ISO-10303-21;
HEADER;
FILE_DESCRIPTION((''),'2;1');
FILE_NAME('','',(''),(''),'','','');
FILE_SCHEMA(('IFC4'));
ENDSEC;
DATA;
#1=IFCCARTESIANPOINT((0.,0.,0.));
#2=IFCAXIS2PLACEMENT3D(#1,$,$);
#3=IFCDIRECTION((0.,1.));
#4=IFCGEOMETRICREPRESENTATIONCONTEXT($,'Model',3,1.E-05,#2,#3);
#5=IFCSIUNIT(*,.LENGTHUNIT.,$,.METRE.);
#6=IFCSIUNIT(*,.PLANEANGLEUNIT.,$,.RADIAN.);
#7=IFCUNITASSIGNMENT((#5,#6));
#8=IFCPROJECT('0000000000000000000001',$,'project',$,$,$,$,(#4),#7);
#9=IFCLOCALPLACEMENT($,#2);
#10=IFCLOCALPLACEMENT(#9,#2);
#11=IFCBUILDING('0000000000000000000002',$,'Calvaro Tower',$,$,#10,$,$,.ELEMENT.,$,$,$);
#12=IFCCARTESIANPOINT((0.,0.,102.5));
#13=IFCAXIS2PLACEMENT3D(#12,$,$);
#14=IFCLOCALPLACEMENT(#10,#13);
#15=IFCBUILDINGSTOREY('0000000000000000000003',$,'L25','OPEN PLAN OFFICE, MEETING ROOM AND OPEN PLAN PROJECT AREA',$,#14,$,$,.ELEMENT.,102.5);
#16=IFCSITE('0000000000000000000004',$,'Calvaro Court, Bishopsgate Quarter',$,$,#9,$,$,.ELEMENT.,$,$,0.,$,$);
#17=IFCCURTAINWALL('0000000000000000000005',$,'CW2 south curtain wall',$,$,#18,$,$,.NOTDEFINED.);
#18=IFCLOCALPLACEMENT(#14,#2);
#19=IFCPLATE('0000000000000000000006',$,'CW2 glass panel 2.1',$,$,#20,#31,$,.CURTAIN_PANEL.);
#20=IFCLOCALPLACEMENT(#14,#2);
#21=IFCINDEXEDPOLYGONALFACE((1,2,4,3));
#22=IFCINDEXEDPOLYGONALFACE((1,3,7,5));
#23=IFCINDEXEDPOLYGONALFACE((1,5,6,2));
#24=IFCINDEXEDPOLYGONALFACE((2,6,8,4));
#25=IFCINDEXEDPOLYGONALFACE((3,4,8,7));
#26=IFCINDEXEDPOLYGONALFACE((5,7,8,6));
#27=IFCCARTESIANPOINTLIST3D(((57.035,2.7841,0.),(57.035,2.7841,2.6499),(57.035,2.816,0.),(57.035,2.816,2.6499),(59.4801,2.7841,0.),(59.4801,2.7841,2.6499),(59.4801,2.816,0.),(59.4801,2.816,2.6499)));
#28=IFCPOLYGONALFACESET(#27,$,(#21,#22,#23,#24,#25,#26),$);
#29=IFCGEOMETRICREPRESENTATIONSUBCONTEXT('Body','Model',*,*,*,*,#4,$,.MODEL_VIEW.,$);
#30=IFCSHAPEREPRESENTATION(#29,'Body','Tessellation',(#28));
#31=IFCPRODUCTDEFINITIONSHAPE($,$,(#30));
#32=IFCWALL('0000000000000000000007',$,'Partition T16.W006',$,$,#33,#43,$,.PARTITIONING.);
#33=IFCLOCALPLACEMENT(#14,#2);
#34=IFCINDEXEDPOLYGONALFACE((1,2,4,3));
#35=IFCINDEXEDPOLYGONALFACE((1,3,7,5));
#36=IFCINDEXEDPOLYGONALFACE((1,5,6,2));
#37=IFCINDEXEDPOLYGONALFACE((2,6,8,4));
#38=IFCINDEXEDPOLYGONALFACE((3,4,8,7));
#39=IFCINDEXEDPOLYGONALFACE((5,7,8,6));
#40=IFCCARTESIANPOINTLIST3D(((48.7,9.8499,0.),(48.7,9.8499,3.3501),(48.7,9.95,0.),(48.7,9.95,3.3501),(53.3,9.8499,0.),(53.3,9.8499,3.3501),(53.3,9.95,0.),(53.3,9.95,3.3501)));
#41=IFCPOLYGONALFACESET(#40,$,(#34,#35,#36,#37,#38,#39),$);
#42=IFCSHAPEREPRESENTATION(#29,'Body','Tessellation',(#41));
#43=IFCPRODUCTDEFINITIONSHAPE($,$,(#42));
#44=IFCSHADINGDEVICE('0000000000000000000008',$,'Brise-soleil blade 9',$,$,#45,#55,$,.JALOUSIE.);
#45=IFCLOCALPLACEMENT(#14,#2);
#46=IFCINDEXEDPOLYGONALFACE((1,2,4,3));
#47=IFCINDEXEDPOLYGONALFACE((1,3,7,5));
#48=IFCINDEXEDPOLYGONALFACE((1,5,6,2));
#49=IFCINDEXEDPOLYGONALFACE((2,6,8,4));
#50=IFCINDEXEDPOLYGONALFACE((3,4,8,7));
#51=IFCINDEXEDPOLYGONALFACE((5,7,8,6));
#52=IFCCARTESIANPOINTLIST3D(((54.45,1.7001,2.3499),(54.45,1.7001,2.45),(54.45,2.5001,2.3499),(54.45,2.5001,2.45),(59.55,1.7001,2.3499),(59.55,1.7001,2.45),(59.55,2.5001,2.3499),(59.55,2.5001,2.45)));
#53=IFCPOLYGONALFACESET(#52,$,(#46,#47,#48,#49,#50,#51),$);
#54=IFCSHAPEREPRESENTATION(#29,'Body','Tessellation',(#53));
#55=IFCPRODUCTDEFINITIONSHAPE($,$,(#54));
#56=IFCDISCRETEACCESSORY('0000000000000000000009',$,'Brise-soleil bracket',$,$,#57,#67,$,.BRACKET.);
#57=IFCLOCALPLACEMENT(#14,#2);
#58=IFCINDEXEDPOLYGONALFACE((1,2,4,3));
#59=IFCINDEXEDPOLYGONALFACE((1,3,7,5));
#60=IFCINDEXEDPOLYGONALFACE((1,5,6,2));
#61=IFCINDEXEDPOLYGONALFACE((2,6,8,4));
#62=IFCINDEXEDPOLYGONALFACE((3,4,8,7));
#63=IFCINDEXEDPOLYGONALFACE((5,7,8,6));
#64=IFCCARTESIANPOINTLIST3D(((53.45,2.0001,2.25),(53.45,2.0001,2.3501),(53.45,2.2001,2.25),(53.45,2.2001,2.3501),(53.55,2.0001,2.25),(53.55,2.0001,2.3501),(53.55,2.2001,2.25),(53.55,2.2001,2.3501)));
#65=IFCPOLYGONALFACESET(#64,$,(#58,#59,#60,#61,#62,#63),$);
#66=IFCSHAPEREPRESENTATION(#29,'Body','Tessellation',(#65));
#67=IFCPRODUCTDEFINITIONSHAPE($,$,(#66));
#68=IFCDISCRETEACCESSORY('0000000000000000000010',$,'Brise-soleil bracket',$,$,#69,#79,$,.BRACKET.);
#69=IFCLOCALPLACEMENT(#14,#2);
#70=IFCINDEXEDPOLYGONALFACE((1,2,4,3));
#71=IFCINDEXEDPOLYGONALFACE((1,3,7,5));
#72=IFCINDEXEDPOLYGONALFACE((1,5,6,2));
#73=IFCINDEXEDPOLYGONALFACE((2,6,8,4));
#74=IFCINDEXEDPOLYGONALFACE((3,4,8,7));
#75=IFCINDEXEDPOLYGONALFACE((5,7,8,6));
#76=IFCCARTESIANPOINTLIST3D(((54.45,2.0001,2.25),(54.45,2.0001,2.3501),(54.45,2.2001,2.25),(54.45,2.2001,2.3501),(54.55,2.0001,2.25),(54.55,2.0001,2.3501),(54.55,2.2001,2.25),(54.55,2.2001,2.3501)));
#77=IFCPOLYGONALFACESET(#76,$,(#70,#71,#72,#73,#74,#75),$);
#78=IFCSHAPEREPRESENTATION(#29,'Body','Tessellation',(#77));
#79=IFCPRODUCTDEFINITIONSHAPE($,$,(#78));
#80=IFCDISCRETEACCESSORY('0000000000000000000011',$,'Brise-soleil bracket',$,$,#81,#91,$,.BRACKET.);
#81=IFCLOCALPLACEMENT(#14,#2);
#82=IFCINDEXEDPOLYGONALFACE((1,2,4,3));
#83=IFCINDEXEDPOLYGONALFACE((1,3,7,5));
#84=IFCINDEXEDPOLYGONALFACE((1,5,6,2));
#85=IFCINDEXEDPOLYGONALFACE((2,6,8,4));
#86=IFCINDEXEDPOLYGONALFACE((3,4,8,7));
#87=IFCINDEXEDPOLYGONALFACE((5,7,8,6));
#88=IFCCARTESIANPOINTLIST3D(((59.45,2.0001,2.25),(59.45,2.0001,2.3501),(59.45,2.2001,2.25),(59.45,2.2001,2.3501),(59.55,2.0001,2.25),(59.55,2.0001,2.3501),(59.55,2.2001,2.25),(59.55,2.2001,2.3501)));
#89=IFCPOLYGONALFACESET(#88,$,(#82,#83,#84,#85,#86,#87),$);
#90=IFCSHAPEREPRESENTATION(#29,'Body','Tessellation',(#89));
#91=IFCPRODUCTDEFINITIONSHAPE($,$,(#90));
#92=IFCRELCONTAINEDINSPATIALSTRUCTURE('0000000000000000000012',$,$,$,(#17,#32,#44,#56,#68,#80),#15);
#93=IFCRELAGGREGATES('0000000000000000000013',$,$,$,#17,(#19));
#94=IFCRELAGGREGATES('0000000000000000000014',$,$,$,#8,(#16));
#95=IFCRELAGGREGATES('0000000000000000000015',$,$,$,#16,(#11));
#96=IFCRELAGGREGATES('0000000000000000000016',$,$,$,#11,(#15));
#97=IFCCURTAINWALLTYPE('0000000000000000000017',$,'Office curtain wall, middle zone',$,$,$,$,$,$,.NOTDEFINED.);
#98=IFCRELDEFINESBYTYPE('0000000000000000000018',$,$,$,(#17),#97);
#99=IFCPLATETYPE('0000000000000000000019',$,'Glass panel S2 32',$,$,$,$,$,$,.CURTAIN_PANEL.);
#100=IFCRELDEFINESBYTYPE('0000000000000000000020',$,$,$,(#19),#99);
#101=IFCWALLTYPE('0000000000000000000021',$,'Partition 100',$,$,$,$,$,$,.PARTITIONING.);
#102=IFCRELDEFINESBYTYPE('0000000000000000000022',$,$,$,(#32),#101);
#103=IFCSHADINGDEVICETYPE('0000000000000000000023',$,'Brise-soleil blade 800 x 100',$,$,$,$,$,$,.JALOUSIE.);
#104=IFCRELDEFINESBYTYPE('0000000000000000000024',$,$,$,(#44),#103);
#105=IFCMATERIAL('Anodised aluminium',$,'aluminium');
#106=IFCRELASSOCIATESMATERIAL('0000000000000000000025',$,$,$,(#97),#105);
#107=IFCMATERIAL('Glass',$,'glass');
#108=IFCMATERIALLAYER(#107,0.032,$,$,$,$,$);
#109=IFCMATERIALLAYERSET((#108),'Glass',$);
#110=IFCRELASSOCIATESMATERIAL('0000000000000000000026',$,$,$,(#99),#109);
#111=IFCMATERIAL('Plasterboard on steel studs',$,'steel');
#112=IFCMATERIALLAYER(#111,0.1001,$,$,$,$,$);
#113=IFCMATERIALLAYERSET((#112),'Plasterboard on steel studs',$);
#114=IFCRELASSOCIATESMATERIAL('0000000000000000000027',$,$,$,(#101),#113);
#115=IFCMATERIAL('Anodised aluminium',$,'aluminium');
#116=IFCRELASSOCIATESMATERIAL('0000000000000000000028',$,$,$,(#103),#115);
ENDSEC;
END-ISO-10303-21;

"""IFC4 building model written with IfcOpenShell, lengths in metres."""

from ifc_helpers import new_model, si_unit, direction, frame, frame_2d, origin, origin_2d, place, context, subcontext, project, spatial, rectangle, extrude, material, layer, layer_set, material_profile, profile_set, type_object, element, aggregate, save


model = new_model("IFC4")

# Units and contexts
model_context = context("Model", 3, precision=1e-05, world=origin(), true_north=direction((0.0, 1.0)))
body_context = subcontext(model_context, "Body", "Model", "MODEL_VIEW")
ifc_project = project(units=[si_unit("LENGTHUNIT", "METRE"), si_unit("PLANEANGLEUNIT", "RADIAN")], contexts=[model_context])

# Site, building, storey
site_placement = place(None, origin())
site = spatial("IfcSite", under=ifc_project, at=site_placement, Name="Calvaro Court, Bishopsgate Quarter", CompositionType="ELEMENT", RefElevation=0.0)
building_placement = place(site_placement, origin())
building = spatial("IfcBuilding", under=site, at=building_placement, Name="Calvaro Tower", CompositionType="ELEMENT")
storey_placement = place(building_placement, frame((0.0, 0.0, 102.5)))
storey = spatial("IfcBuildingStorey", under=building, at=storey_placement, Name="L25", Description="OPEN PLAN OFFICE, MEETING ROOM AND OPEN PLAN PROJECT AREA", CompositionType="ELEMENT", Elevation=102.5)

# Curtain wall
ifc_material_1 = material(Name="Anodised aluminium", Category="aluminium")
curtain_wall_type = type_object("IfcCurtainWallType", Name="Office curtain wall, middle zone", PredefinedType="NOTDEFINED", material=ifc_material_1)
curtain_wall_1_placement = place(storey_placement, origin())
curtain_wall_1 = element("IfcCurtainWall", 1, at=curtain_wall_1_placement, inside=storey, type_object=curtain_wall_type, Name="CW2 south curtain wall", PredefinedType="NOTDEFINED")

# Plate
ifc_material_2 = material(Name="Glass", Category="glass")
ifc_layer_1 = layer(ifc_material_2, 0.032)
ifc_layer_set_1 = layer_set([ifc_layer_1], Name="Glass")
plate_type = type_object("IfcPlateType", Name="Glass panel S2 32", PredefinedType="CURTAIN_PANEL", material=ifc_layer_set_1)
plate_1_placement = place(storey_placement, frame((58.2576, 2.8, 0.0), z_axis=(0.0, 0.0, 1.0), x_axis=(1.0, 0.0, 0.0)))
plate_1 = element("IfcPlate", 2, at=plate_1_placement, type_object=plate_type, Name="CW2 glass panel 2.1", PredefinedType="CURTAIN_PANEL", context=body_context, shape_type="SweptSolid", body=[
    extrude(rectangle(XDim=2.4451, YDim=0.032, at=origin_2d()), origin(), (0.0, 0.0, 1.0), 2.6499),
])
aggregate(curtain_wall_1, [plate_1])

# Wall
ifc_material_3 = material(Name="Plasterboard on steel studs", Category="steel")
ifc_layer_2 = layer(ifc_material_3, 0.1001)
ifc_layer_set_2 = layer_set([ifc_layer_2], Name="Plasterboard on steel studs")
wall_type = type_object("IfcWallType", Name="Partition 100", PredefinedType="PARTITIONING", material=ifc_layer_set_2)
wall_placement = place(storey_placement, frame((48.7, 9.8999, 0.0), z_axis=(0.0, 0.0, 1.0), x_axis=(1.0, 0.0, 0.0)))
element("IfcWall", 3, at=wall_placement, inside=storey, type_object=wall_type, Name="Partition T16.W006", PredefinedType="PARTITIONING", context=body_context, shape_type="SweptSolid", body=[
    extrude(rectangle(XDim=4.6001, YDim=0.1001, at=frame_2d((2.3, 0.0))), origin(), (0.0, 0.0, 1.0), 3.3501),
])

# Shading device
ifc_material_4 = material(Name="Anodised aluminium", Category="aluminium")
ifc_material_profile_1 = material_profile(ifc_material_4, rectangle(XDim=0.8, YDim=0.1001, at=origin_2d()), Name="Brise-soleil blade 800 x 100")
ifc_profile_set_1 = profile_set([ifc_material_profile_1], Name="Anodised aluminium")
shading_device_type = type_object("IfcShadingDeviceType", Name="Brise-soleil blade 800 x 100", PredefinedType="JALOUSIE", material=ifc_profile_set_1)
shading_device_placement = place(storey_placement, frame((54.45, 2.1001, 2.3999), z_axis=(1.0, 0.0, 0.0), x_axis=(0.0, 1.0, 0.0)))
element("IfcShadingDevice", 4, at=shading_device_placement, inside=storey, type_object=shading_device_type, Name="Brise-soleil blade 9", PredefinedType="JALOUSIE", context=body_context, shape_type="SweptSolid", body=[
    extrude(rectangle(XDim=0.8, YDim=0.1001, at=origin_2d()), origin(), (0.0, 0.0, 1.0), 5.1001),
])

# Discrete accessories
for number, where, z_axis, x_axis, name in (
    (5, (53.5, 2.1001, 2.25), (0.0, 0.0, 1.0), (1.0, 0.0, 0.0), "Brise-soleil bracket"),
    (6, (54.5, 2.1001, 2.25), (0.0, 0.0, 1.0), (1.0, 0.0, 0.0), "Brise-soleil bracket"),
    (7, (59.5, 2.1001, 2.25), (0.0, 0.0, 1.0), (1.0, 0.0, 0.0), "Brise-soleil bracket"),
):
    element("IfcDiscreteAccessory", number, at=place(storey_placement, frame(where, z_axis=z_axis, x_axis=x_axis)), inside=storey, Name=name, PredefinedType="BRACKET", context=body_context, shape_type="SweptSolid", body=[
        extrude(rectangle(XDim=0.1001, YDim=0.2, at=origin_2d()), origin(), (0.0, 0.0, 1.0), 0.1001),
    ])

save(model, "model.ifc")
